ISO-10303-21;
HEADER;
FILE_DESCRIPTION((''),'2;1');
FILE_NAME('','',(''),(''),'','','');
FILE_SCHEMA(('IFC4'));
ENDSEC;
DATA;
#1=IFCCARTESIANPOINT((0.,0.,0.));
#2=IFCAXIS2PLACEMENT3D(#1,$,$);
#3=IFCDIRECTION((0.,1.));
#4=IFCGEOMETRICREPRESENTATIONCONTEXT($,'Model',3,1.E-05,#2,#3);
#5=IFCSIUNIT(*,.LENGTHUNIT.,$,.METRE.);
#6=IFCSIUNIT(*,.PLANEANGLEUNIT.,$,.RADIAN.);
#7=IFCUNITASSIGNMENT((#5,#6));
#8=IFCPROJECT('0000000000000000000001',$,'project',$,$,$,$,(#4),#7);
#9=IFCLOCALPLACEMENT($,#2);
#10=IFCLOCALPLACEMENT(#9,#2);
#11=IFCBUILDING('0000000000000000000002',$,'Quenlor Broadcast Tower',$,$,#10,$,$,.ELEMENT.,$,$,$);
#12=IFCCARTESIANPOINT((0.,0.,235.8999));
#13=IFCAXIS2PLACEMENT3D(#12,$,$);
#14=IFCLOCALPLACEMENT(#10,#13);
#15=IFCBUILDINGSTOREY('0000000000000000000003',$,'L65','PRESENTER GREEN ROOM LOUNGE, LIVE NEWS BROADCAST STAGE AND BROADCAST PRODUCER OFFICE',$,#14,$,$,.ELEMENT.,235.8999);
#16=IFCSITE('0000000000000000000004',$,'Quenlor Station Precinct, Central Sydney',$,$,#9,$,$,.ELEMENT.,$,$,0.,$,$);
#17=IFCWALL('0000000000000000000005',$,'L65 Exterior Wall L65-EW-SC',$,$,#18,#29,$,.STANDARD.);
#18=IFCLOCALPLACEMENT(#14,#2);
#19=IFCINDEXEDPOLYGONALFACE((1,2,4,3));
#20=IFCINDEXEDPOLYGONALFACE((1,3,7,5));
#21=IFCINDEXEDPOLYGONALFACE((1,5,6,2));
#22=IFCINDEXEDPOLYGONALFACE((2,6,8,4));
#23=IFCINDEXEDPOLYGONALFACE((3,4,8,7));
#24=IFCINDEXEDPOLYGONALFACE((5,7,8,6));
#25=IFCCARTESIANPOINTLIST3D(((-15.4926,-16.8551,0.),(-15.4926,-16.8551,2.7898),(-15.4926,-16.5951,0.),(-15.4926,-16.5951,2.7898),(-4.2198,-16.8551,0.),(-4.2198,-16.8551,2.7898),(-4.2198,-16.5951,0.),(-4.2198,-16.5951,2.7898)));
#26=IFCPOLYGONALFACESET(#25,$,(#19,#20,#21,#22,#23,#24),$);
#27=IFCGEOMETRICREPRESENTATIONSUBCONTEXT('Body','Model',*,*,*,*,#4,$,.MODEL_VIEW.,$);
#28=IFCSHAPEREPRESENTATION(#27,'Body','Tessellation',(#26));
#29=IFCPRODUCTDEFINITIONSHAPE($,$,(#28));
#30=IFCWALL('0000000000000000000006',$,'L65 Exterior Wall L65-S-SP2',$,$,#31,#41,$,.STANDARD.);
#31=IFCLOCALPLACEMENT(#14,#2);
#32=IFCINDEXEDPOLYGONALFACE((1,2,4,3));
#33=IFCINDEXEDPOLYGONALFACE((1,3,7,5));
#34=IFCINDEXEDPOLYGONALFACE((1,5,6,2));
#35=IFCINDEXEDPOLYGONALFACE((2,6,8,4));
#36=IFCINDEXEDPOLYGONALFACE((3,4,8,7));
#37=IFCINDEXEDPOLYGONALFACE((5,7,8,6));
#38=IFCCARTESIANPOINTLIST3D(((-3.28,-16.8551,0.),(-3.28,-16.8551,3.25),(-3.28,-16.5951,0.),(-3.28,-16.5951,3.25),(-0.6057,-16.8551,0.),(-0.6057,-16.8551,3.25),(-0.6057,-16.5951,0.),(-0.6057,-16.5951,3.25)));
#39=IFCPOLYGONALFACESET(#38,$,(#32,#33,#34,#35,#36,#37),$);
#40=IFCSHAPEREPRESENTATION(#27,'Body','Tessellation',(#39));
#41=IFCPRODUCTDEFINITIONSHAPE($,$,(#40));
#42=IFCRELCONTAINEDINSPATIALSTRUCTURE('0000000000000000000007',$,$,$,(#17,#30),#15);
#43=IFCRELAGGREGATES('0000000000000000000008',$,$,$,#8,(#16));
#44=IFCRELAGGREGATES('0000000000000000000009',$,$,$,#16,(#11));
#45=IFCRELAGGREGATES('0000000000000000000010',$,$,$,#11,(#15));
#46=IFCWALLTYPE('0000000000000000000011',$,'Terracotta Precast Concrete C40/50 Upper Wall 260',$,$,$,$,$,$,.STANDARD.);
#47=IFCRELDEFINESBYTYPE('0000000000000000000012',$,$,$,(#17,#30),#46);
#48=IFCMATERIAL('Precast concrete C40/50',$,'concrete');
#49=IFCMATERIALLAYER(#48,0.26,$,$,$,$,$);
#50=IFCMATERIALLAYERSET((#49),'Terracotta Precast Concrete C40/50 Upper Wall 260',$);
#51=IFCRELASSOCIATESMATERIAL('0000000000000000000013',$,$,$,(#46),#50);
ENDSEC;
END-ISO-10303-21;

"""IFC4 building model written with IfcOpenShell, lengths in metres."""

from ifc_helpers import new_model, si_unit, direction, frame, frame_2d, origin, place, context, subcontext, project, spatial, rectangle, extrude, material, layer, layer_set, type_object, element, save


model = new_model("IFC4")

# Units and contexts
model_context = context("Model", 3, precision=1e-05, world=origin(), true_north=direction((0.0, 1.0)))
body_context = subcontext(model_context, "Body", "Model", "MODEL_VIEW")
ifc_project = project(units=[si_unit("LENGTHUNIT", "METRE"), si_unit("PLANEANGLEUNIT", "RADIAN")], contexts=[model_context])

# Site, building, storey
site_placement = place(None, origin())
site = spatial("IfcSite", under=ifc_project, at=site_placement, Name="Quenlor Station Precinct, Central Sydney", CompositionType="ELEMENT", RefElevation=0.0)
building_placement = place(site_placement, origin())
building = spatial("IfcBuilding", under=site, at=building_placement, Name="Quenlor Broadcast Tower", CompositionType="ELEMENT")
storey_placement = place(building_placement, frame((0.0, 0.0, 235.8999)))
storey = spatial("IfcBuildingStorey", under=building, at=storey_placement, Name="L65", Description="PRESENTER GREEN ROOM LOUNGE, LIVE NEWS BROADCAST STAGE AND BROADCAST PRODUCER OFFICE", CompositionType="ELEMENT", Elevation=235.8999)

# Walls
ifc_material_1 = material(Name="Precast concrete C40/50", Category="concrete")
ifc_layer_1 = layer(ifc_material_1, 0.26)
ifc_layer_set_1 = layer_set([ifc_layer_1], Name="Terracotta Precast Concrete C40/50 Upper Wall 260")
wall_type_1 = type_object("IfcWallType", Name="Terracotta Precast Concrete C40/50 Upper Wall 260", PredefinedType="STANDARD", material=ifc_layer_set_1)
wall_1_placement = place(storey_placement, frame((-4.22, -16.7251, 0.0), z_axis=(0.0, 0.0, 1.0), x_axis=(-1.0, 0.0, 0.0)))
element("IfcWall", 1, at=wall_1_placement, inside=storey, type_object=wall_type_1, Name="L65 Exterior Wall L65-EW-SC", PredefinedType="STANDARD", context=body_context, shape_type="SweptSolid", body=[
    extrude(rectangle(XDim=11.2727, YDim=0.26, at=frame_2d((5.6362, 0.0))), origin(), (0.0, 0.0, 1.0), 2.7898),
])
wall_2_placement = place(storey_placement, frame((-0.6057, -16.7251, 0.0), z_axis=(0.0, 0.0, 1.0), x_axis=(-1.0, 0.0, 0.0)))
element("IfcWall", 2, at=wall_2_placement, inside=storey, type_object=wall_type_1, Name="L65 Exterior Wall L65-S-SP2", PredefinedType="STANDARD", context=body_context, shape_type="SweptSolid", body=[
    extrude(rectangle(XDim=2.6743, YDim=0.26, at=frame_2d((1.3372, 0.0))), origin(), (0.0, 0.0, 1.0), 3.25),
])

save(model, "model.ifc")
